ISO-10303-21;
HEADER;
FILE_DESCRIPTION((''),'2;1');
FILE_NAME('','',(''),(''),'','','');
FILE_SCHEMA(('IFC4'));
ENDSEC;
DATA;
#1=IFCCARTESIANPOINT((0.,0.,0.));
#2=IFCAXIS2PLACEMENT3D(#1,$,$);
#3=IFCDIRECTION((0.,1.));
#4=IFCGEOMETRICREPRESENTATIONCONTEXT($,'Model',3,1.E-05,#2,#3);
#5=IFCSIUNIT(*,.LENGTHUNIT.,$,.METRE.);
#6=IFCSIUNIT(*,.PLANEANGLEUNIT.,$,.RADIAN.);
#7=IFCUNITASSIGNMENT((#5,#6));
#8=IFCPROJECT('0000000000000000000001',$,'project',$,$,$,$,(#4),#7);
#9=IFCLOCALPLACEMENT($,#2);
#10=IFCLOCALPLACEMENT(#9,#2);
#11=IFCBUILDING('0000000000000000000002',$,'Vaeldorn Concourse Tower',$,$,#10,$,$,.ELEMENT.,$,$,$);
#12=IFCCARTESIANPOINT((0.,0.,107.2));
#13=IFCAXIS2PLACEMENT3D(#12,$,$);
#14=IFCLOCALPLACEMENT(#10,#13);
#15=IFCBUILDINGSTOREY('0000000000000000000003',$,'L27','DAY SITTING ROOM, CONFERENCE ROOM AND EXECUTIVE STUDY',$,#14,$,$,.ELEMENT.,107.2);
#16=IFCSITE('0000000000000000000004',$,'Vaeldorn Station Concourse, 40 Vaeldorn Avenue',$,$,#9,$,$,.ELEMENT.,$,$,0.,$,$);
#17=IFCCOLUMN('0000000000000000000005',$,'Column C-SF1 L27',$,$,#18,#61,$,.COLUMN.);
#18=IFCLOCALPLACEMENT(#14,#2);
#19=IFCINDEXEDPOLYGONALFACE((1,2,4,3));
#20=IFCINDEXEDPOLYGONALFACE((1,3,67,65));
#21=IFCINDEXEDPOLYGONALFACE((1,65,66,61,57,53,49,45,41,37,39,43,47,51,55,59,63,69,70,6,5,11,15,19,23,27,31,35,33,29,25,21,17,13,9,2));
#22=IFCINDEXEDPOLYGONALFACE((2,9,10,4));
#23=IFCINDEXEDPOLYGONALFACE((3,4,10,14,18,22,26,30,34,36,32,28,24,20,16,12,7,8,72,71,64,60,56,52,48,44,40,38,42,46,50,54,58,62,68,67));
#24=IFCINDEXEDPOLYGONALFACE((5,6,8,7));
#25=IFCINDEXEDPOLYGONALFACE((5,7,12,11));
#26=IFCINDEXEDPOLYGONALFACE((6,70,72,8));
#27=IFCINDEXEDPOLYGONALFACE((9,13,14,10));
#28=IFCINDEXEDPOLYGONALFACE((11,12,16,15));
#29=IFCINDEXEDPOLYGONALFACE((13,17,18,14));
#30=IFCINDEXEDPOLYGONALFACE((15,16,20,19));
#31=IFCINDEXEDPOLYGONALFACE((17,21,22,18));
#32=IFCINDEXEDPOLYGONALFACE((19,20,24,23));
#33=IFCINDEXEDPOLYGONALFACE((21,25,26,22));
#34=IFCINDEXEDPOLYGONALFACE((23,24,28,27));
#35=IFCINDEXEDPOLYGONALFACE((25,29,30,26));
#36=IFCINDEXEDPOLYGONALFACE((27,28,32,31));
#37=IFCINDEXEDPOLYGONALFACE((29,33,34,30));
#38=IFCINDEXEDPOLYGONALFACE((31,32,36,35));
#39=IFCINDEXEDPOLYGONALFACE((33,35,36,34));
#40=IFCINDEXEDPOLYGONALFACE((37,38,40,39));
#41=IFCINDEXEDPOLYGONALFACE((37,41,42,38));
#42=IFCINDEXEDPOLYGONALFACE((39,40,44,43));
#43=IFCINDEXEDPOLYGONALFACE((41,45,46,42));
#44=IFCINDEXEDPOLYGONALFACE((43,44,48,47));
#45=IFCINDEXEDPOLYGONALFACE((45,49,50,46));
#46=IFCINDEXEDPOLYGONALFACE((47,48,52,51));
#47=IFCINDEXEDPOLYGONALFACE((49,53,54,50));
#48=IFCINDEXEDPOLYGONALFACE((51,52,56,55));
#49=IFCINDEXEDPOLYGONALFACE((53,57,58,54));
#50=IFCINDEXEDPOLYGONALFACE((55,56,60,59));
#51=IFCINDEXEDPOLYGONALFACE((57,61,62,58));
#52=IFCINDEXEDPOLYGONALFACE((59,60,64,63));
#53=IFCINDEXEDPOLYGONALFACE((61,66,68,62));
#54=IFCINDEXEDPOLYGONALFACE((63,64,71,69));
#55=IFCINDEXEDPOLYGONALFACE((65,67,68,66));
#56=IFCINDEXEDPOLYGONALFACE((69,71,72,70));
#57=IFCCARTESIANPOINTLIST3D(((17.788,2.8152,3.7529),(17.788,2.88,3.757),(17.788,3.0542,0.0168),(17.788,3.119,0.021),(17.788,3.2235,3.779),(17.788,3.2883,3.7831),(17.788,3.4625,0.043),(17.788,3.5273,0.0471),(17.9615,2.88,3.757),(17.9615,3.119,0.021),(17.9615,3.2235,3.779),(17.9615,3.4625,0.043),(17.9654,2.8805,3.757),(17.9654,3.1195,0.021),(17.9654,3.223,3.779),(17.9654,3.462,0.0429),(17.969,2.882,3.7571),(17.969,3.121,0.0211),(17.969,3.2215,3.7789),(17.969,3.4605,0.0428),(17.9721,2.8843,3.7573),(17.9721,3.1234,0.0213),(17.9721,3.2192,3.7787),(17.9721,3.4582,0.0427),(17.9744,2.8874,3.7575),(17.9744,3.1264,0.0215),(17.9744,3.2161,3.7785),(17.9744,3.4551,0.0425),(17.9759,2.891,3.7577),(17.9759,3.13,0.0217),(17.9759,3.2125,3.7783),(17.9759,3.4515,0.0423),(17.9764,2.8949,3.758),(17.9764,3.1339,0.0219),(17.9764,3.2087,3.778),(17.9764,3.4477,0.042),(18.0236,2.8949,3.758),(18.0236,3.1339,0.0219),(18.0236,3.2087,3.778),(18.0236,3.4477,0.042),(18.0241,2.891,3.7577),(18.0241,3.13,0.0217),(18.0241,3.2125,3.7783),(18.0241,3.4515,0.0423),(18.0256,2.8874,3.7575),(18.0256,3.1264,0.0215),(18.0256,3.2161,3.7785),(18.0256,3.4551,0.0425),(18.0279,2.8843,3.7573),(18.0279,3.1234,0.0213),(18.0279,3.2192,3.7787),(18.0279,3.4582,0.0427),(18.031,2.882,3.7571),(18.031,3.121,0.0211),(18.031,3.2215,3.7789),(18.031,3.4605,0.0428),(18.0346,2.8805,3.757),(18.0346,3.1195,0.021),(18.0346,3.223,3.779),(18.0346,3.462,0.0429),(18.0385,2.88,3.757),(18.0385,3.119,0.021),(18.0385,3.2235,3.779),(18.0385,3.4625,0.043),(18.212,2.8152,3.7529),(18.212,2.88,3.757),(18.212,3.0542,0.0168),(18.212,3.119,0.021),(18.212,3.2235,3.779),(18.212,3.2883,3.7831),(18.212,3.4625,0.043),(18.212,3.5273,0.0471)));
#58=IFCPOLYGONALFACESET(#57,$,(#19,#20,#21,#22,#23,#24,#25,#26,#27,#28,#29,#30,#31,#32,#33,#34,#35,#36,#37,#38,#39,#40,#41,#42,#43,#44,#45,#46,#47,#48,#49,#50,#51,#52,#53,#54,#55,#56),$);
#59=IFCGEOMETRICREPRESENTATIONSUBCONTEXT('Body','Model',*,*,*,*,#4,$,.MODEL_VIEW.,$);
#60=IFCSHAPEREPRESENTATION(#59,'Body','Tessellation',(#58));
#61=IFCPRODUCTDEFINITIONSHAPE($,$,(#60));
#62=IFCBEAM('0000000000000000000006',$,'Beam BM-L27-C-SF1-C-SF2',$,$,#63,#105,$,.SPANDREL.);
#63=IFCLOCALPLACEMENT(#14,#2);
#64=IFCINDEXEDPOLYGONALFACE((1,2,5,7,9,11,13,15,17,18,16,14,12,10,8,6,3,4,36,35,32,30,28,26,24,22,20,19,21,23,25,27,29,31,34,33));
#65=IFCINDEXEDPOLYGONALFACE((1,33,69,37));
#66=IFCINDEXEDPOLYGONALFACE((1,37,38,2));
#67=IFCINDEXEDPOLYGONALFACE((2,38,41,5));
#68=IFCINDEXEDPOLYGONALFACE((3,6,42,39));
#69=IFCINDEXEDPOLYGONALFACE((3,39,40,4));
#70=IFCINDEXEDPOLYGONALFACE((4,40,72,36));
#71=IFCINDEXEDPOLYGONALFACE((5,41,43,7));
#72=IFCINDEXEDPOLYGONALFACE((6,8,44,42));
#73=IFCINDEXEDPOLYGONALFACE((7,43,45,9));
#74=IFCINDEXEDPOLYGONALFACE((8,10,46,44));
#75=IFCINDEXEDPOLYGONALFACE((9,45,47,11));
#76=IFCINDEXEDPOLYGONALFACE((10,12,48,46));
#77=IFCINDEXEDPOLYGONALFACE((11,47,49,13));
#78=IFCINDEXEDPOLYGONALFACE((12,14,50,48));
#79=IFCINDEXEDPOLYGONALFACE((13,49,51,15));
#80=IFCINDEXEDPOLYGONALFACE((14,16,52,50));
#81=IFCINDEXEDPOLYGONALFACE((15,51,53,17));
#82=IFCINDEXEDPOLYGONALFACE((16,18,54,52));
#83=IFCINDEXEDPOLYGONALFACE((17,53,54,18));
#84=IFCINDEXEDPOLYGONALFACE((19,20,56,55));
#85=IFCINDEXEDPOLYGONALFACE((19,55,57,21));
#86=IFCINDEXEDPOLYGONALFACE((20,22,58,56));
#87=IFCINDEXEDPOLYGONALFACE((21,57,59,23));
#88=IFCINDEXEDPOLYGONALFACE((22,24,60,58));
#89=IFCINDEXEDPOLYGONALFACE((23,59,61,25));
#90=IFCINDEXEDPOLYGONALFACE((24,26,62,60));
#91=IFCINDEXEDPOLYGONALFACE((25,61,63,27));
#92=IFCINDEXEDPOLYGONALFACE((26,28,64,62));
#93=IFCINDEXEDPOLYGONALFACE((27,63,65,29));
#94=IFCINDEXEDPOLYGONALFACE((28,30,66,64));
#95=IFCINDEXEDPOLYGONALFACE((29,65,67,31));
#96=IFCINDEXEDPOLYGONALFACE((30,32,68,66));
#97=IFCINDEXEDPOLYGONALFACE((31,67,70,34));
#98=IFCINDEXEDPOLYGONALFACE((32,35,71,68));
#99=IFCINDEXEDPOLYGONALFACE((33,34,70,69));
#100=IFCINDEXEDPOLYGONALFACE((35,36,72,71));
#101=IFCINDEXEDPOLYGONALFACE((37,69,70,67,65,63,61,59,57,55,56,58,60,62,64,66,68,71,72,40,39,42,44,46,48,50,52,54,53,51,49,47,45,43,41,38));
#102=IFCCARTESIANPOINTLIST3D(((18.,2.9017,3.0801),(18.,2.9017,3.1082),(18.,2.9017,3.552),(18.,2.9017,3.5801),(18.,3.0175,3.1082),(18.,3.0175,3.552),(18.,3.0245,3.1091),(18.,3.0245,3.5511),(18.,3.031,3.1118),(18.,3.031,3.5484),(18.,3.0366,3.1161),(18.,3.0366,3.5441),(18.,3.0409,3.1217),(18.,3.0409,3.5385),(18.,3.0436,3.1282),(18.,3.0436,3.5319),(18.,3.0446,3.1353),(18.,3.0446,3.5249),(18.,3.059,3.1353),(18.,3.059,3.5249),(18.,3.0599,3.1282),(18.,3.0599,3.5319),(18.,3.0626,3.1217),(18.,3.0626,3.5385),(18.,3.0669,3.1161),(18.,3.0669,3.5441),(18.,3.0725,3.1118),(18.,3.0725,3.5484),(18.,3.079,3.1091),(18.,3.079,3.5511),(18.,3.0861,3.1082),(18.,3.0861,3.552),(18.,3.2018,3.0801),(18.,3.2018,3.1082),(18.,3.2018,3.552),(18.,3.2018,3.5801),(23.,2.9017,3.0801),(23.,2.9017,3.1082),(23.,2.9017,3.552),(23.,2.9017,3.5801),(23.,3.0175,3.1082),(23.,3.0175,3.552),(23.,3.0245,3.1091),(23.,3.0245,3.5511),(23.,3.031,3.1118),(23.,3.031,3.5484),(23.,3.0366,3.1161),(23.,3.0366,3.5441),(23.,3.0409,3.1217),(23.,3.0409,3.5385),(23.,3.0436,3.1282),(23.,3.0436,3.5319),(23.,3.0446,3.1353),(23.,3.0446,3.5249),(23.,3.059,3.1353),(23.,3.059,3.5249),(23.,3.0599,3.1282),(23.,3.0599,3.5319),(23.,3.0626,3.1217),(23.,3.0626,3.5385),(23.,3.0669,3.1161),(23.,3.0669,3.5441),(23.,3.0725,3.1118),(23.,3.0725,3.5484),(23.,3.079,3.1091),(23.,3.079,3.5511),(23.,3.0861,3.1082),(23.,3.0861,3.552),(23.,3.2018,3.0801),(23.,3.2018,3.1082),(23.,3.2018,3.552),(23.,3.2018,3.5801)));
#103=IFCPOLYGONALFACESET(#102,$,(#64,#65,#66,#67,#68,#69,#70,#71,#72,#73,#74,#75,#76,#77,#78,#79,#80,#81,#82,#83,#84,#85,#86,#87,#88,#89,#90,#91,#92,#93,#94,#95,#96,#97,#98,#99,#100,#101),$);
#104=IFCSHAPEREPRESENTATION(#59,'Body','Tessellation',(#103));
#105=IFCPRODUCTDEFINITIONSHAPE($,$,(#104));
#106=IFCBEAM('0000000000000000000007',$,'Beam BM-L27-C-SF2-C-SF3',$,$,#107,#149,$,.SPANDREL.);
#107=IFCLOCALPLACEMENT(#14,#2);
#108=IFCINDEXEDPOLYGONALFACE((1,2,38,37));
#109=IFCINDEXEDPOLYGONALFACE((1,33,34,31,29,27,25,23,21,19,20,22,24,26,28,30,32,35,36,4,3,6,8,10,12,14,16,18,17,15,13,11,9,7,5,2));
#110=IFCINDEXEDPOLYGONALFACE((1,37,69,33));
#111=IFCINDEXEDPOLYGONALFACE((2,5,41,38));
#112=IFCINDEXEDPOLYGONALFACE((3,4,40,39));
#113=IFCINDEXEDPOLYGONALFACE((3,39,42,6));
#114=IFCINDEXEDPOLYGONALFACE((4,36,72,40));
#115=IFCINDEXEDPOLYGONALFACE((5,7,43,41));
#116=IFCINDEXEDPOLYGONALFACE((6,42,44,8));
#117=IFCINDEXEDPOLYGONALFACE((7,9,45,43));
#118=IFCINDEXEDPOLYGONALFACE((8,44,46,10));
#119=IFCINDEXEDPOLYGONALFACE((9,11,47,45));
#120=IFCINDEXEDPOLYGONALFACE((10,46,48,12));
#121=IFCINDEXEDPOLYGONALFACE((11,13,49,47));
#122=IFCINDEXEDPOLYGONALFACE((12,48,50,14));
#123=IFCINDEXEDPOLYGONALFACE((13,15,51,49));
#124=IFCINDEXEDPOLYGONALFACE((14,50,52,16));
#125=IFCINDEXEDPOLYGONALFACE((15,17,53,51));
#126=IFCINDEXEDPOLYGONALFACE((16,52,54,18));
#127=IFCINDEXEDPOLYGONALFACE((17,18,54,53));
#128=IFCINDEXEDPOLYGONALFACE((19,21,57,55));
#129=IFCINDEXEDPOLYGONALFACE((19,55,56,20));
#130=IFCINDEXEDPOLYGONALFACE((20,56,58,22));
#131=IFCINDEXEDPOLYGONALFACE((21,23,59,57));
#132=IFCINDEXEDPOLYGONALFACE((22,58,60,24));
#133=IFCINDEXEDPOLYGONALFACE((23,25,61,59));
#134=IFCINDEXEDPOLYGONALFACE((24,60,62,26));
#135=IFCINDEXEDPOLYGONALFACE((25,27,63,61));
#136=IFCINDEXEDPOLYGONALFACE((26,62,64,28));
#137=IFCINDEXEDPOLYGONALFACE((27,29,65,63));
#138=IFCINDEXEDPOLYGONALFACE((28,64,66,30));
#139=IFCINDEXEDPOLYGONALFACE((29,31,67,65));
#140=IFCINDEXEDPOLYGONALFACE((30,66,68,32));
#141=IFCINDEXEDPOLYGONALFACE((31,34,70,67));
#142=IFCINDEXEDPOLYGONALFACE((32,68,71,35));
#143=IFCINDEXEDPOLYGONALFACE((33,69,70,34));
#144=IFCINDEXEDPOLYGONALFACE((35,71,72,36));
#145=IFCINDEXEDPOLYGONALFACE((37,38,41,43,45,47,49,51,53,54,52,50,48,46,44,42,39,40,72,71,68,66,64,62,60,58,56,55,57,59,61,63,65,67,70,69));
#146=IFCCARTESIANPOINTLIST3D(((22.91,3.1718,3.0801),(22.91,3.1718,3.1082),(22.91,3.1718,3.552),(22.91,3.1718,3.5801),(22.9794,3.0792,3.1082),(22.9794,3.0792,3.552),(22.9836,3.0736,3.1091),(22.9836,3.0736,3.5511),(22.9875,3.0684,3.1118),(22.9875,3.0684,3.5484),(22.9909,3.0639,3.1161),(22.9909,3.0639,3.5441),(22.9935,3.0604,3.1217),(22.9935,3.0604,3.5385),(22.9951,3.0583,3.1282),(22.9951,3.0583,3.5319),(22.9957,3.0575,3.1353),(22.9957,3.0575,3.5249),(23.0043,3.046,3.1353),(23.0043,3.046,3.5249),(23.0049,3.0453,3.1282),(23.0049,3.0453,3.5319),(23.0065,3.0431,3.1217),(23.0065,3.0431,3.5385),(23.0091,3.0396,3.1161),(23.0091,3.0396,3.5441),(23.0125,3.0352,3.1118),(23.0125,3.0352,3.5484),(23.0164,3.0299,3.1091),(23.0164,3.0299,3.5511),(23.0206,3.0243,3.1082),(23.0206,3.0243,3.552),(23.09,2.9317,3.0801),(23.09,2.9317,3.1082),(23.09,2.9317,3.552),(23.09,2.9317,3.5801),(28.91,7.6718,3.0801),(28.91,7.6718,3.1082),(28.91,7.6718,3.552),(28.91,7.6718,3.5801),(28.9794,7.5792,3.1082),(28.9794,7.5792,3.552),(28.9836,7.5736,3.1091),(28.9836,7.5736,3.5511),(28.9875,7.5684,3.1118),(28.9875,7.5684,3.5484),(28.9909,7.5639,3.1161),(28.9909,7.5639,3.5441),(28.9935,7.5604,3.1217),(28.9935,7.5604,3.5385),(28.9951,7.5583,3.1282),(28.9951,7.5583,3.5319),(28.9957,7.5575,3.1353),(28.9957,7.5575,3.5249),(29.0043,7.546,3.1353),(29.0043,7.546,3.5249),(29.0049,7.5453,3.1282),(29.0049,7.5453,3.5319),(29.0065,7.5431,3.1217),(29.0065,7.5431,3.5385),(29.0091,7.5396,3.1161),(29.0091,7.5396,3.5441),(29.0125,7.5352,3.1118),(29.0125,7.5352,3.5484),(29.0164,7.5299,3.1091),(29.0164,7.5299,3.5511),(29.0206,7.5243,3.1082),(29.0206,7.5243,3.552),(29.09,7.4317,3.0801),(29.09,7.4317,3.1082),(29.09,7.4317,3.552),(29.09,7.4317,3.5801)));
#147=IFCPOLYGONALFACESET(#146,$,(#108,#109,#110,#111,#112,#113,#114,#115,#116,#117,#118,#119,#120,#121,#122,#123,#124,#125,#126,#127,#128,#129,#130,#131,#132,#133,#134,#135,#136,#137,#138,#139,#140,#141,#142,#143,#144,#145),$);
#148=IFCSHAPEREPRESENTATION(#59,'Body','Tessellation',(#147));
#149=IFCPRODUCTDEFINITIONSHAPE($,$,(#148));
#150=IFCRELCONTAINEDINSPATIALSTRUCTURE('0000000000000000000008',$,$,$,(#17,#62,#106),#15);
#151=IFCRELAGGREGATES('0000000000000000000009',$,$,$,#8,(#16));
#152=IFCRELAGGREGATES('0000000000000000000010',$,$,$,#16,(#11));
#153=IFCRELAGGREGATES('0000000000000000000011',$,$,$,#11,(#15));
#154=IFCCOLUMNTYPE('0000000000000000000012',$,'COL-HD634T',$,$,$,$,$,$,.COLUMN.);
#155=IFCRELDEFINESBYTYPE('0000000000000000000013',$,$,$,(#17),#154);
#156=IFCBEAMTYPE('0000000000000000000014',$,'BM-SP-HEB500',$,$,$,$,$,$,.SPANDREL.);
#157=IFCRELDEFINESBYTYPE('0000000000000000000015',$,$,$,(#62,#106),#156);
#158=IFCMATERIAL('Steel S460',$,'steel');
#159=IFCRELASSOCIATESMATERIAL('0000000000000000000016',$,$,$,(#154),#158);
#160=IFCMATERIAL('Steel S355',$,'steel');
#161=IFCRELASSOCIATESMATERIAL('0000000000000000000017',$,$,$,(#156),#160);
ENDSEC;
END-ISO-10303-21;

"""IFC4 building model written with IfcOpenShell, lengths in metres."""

from ifc_helpers import new_model, si_unit, direction, frame, origin, origin_2d, place, context, subcontext, project, spatial, i_section, extrude, source, transform, mapped, material, material_profile, profile_set, type_object, element, save


model = new_model("IFC4")

# Units and contexts
model_context = context("Model", 3, precision=1e-05, world=origin(), true_north=direction((0.0, 1.0)))
body_context = subcontext(model_context, "Body", "Model", "MODEL_VIEW")
ifc_project = project(units=[si_unit("LENGTHUNIT", "METRE"), si_unit("PLANEANGLEUNIT", "RADIAN")], contexts=[model_context])

# Site, building, storey
site_placement = place(None, origin())
site = spatial("IfcSite", under=ifc_project, at=site_placement, Name="Vaeldorn Station Concourse, 40 Vaeldorn Avenue", CompositionType="ELEMENT", RefElevation=0.0)
building_placement = place(site_placement, origin())
building = spatial("IfcBuilding", under=site, at=building_placement, Name="Vaeldorn Concourse Tower", CompositionType="ELEMENT")
storey_placement = place(building_placement, frame((0.0, 0.0, 107.2)))
storey = spatial("IfcBuildingStorey", under=building, at=storey_placement, Name="L27", Description="DAY SITTING ROOM, CONFERENCE ROOM AND EXECUTIVE STUDY", CompositionType="ELEMENT", Elevation=107.2)

# Column
ifc_material_1 = material(Name="Steel S460", Category="steel")
ifc_material_profile_1 = material_profile(ifc_material_1, i_section(OverallWidth=0.4241, OverallDepth=0.4741, WebThickness=0.0471, FlangeThickness=0.0649, FilletRadius=0.0149, at=origin_2d()), Name="HD 400x634")
ifc_profile_set_1 = profile_set([ifc_material_profile_1], Name="Steel S460")
column_type = type_object("IfcColumnType", Name="COL-HD634T", PredefinedType="COLUMN", material=ifc_profile_set_1)
shared_shape_1 = source(origin(), body_context, "Body", "SweptSolid", [
    extrude(i_section(OverallWidth=0.4241, OverallDepth=0.4741, WebThickness=0.0471, FlangeThickness=0.0649, FilletRadius=0.0149, at=origin_2d()), origin(), (0.0, 0.0, 1.0), 3.7437),
])
column_placement = place(storey_placement, frame((18.0, 3.2908, 0.032), z_axis=(0.0, -0.063844, 0.99796), x_axis=(1.0, 0.0, 0.0)))
element("IfcColumn", 1, at=column_placement, inside=storey, type_object=column_type, Name="Column C-SF1 L27", PredefinedType="COLUMN", context=body_context, shape_type="MappedRepresentation", body=[
    mapped(shared_shape_1, transform((0.0, 0.0, 0.0), scale=1.0)),
])

# Beams
ifc_material_2 = material(Name="Steel S355", Category="steel")
ifc_material_profile_2 = material_profile(ifc_material_2, i_section(OverallWidth=0.3, OverallDepth=0.5, WebThickness=0.0144, FlangeThickness=0.0281, FilletRadius=0.0271, at=origin_2d()), Name="HEB 500")
ifc_profile_set_2 = profile_set([ifc_material_profile_2], Name="Steel S355")
beam_type_1 = type_object("IfcBeamType", Name="BM-SP-HEB500", PredefinedType="SPANDREL", material=ifc_profile_set_2)
shared_shape_2 = source(origin(), body_context, "Body", "SweptSolid", [
    extrude(i_section(OverallWidth=0.3, OverallDepth=0.5, WebThickness=0.0144, FlangeThickness=0.0281, FilletRadius=0.0271, at=origin_2d()), origin(), (0.0, 0.0, 1.0), 5.0),
])
beam_1_placement = place(storey_placement, frame((18.0, 3.0518, 3.3301), z_axis=(1.0, 0.0, 0.0), x_axis=(0.0, 1.0, 0.0)))
element("IfcBeam", 2, at=beam_1_placement, inside=storey, type_object=beam_type_1, Name="Beam BM-L27-C-SF1-C-SF2", PredefinedType="SPANDREL", context=body_context, shape_type="MappedRepresentation", body=[
    mapped(shared_shape_2, transform((0.0, 0.0, 0.0), scale=1.0)),
])
shared_shape_3 = source(origin(), body_context, "Body", "SweptSolid", [
    extrude(i_section(OverallWidth=0.3, OverallDepth=0.5, WebThickness=0.0144, FlangeThickness=0.0281, FilletRadius=0.0271, at=origin_2d()), origin(), (0.0, 0.0, 1.0), 7.5),
])
beam_2_placement = place(storey_placement, frame((23.0, 3.0518, 3.3301), z_axis=(0.8, 0.6, 0.0), x_axis=(-0.6, 0.8, 0.0)))
element("IfcBeam", 3, at=beam_2_placement, inside=storey, type_object=beam_type_1, Name="Beam BM-L27-C-SF2-C-SF3", PredefinedType="SPANDREL", context=body_context, shape_type="MappedRepresentation", body=[
    mapped(shared_shape_3, transform((0.0, 0.0, 0.0), scale=1.0)),
])

save(model, "model.ifc")
